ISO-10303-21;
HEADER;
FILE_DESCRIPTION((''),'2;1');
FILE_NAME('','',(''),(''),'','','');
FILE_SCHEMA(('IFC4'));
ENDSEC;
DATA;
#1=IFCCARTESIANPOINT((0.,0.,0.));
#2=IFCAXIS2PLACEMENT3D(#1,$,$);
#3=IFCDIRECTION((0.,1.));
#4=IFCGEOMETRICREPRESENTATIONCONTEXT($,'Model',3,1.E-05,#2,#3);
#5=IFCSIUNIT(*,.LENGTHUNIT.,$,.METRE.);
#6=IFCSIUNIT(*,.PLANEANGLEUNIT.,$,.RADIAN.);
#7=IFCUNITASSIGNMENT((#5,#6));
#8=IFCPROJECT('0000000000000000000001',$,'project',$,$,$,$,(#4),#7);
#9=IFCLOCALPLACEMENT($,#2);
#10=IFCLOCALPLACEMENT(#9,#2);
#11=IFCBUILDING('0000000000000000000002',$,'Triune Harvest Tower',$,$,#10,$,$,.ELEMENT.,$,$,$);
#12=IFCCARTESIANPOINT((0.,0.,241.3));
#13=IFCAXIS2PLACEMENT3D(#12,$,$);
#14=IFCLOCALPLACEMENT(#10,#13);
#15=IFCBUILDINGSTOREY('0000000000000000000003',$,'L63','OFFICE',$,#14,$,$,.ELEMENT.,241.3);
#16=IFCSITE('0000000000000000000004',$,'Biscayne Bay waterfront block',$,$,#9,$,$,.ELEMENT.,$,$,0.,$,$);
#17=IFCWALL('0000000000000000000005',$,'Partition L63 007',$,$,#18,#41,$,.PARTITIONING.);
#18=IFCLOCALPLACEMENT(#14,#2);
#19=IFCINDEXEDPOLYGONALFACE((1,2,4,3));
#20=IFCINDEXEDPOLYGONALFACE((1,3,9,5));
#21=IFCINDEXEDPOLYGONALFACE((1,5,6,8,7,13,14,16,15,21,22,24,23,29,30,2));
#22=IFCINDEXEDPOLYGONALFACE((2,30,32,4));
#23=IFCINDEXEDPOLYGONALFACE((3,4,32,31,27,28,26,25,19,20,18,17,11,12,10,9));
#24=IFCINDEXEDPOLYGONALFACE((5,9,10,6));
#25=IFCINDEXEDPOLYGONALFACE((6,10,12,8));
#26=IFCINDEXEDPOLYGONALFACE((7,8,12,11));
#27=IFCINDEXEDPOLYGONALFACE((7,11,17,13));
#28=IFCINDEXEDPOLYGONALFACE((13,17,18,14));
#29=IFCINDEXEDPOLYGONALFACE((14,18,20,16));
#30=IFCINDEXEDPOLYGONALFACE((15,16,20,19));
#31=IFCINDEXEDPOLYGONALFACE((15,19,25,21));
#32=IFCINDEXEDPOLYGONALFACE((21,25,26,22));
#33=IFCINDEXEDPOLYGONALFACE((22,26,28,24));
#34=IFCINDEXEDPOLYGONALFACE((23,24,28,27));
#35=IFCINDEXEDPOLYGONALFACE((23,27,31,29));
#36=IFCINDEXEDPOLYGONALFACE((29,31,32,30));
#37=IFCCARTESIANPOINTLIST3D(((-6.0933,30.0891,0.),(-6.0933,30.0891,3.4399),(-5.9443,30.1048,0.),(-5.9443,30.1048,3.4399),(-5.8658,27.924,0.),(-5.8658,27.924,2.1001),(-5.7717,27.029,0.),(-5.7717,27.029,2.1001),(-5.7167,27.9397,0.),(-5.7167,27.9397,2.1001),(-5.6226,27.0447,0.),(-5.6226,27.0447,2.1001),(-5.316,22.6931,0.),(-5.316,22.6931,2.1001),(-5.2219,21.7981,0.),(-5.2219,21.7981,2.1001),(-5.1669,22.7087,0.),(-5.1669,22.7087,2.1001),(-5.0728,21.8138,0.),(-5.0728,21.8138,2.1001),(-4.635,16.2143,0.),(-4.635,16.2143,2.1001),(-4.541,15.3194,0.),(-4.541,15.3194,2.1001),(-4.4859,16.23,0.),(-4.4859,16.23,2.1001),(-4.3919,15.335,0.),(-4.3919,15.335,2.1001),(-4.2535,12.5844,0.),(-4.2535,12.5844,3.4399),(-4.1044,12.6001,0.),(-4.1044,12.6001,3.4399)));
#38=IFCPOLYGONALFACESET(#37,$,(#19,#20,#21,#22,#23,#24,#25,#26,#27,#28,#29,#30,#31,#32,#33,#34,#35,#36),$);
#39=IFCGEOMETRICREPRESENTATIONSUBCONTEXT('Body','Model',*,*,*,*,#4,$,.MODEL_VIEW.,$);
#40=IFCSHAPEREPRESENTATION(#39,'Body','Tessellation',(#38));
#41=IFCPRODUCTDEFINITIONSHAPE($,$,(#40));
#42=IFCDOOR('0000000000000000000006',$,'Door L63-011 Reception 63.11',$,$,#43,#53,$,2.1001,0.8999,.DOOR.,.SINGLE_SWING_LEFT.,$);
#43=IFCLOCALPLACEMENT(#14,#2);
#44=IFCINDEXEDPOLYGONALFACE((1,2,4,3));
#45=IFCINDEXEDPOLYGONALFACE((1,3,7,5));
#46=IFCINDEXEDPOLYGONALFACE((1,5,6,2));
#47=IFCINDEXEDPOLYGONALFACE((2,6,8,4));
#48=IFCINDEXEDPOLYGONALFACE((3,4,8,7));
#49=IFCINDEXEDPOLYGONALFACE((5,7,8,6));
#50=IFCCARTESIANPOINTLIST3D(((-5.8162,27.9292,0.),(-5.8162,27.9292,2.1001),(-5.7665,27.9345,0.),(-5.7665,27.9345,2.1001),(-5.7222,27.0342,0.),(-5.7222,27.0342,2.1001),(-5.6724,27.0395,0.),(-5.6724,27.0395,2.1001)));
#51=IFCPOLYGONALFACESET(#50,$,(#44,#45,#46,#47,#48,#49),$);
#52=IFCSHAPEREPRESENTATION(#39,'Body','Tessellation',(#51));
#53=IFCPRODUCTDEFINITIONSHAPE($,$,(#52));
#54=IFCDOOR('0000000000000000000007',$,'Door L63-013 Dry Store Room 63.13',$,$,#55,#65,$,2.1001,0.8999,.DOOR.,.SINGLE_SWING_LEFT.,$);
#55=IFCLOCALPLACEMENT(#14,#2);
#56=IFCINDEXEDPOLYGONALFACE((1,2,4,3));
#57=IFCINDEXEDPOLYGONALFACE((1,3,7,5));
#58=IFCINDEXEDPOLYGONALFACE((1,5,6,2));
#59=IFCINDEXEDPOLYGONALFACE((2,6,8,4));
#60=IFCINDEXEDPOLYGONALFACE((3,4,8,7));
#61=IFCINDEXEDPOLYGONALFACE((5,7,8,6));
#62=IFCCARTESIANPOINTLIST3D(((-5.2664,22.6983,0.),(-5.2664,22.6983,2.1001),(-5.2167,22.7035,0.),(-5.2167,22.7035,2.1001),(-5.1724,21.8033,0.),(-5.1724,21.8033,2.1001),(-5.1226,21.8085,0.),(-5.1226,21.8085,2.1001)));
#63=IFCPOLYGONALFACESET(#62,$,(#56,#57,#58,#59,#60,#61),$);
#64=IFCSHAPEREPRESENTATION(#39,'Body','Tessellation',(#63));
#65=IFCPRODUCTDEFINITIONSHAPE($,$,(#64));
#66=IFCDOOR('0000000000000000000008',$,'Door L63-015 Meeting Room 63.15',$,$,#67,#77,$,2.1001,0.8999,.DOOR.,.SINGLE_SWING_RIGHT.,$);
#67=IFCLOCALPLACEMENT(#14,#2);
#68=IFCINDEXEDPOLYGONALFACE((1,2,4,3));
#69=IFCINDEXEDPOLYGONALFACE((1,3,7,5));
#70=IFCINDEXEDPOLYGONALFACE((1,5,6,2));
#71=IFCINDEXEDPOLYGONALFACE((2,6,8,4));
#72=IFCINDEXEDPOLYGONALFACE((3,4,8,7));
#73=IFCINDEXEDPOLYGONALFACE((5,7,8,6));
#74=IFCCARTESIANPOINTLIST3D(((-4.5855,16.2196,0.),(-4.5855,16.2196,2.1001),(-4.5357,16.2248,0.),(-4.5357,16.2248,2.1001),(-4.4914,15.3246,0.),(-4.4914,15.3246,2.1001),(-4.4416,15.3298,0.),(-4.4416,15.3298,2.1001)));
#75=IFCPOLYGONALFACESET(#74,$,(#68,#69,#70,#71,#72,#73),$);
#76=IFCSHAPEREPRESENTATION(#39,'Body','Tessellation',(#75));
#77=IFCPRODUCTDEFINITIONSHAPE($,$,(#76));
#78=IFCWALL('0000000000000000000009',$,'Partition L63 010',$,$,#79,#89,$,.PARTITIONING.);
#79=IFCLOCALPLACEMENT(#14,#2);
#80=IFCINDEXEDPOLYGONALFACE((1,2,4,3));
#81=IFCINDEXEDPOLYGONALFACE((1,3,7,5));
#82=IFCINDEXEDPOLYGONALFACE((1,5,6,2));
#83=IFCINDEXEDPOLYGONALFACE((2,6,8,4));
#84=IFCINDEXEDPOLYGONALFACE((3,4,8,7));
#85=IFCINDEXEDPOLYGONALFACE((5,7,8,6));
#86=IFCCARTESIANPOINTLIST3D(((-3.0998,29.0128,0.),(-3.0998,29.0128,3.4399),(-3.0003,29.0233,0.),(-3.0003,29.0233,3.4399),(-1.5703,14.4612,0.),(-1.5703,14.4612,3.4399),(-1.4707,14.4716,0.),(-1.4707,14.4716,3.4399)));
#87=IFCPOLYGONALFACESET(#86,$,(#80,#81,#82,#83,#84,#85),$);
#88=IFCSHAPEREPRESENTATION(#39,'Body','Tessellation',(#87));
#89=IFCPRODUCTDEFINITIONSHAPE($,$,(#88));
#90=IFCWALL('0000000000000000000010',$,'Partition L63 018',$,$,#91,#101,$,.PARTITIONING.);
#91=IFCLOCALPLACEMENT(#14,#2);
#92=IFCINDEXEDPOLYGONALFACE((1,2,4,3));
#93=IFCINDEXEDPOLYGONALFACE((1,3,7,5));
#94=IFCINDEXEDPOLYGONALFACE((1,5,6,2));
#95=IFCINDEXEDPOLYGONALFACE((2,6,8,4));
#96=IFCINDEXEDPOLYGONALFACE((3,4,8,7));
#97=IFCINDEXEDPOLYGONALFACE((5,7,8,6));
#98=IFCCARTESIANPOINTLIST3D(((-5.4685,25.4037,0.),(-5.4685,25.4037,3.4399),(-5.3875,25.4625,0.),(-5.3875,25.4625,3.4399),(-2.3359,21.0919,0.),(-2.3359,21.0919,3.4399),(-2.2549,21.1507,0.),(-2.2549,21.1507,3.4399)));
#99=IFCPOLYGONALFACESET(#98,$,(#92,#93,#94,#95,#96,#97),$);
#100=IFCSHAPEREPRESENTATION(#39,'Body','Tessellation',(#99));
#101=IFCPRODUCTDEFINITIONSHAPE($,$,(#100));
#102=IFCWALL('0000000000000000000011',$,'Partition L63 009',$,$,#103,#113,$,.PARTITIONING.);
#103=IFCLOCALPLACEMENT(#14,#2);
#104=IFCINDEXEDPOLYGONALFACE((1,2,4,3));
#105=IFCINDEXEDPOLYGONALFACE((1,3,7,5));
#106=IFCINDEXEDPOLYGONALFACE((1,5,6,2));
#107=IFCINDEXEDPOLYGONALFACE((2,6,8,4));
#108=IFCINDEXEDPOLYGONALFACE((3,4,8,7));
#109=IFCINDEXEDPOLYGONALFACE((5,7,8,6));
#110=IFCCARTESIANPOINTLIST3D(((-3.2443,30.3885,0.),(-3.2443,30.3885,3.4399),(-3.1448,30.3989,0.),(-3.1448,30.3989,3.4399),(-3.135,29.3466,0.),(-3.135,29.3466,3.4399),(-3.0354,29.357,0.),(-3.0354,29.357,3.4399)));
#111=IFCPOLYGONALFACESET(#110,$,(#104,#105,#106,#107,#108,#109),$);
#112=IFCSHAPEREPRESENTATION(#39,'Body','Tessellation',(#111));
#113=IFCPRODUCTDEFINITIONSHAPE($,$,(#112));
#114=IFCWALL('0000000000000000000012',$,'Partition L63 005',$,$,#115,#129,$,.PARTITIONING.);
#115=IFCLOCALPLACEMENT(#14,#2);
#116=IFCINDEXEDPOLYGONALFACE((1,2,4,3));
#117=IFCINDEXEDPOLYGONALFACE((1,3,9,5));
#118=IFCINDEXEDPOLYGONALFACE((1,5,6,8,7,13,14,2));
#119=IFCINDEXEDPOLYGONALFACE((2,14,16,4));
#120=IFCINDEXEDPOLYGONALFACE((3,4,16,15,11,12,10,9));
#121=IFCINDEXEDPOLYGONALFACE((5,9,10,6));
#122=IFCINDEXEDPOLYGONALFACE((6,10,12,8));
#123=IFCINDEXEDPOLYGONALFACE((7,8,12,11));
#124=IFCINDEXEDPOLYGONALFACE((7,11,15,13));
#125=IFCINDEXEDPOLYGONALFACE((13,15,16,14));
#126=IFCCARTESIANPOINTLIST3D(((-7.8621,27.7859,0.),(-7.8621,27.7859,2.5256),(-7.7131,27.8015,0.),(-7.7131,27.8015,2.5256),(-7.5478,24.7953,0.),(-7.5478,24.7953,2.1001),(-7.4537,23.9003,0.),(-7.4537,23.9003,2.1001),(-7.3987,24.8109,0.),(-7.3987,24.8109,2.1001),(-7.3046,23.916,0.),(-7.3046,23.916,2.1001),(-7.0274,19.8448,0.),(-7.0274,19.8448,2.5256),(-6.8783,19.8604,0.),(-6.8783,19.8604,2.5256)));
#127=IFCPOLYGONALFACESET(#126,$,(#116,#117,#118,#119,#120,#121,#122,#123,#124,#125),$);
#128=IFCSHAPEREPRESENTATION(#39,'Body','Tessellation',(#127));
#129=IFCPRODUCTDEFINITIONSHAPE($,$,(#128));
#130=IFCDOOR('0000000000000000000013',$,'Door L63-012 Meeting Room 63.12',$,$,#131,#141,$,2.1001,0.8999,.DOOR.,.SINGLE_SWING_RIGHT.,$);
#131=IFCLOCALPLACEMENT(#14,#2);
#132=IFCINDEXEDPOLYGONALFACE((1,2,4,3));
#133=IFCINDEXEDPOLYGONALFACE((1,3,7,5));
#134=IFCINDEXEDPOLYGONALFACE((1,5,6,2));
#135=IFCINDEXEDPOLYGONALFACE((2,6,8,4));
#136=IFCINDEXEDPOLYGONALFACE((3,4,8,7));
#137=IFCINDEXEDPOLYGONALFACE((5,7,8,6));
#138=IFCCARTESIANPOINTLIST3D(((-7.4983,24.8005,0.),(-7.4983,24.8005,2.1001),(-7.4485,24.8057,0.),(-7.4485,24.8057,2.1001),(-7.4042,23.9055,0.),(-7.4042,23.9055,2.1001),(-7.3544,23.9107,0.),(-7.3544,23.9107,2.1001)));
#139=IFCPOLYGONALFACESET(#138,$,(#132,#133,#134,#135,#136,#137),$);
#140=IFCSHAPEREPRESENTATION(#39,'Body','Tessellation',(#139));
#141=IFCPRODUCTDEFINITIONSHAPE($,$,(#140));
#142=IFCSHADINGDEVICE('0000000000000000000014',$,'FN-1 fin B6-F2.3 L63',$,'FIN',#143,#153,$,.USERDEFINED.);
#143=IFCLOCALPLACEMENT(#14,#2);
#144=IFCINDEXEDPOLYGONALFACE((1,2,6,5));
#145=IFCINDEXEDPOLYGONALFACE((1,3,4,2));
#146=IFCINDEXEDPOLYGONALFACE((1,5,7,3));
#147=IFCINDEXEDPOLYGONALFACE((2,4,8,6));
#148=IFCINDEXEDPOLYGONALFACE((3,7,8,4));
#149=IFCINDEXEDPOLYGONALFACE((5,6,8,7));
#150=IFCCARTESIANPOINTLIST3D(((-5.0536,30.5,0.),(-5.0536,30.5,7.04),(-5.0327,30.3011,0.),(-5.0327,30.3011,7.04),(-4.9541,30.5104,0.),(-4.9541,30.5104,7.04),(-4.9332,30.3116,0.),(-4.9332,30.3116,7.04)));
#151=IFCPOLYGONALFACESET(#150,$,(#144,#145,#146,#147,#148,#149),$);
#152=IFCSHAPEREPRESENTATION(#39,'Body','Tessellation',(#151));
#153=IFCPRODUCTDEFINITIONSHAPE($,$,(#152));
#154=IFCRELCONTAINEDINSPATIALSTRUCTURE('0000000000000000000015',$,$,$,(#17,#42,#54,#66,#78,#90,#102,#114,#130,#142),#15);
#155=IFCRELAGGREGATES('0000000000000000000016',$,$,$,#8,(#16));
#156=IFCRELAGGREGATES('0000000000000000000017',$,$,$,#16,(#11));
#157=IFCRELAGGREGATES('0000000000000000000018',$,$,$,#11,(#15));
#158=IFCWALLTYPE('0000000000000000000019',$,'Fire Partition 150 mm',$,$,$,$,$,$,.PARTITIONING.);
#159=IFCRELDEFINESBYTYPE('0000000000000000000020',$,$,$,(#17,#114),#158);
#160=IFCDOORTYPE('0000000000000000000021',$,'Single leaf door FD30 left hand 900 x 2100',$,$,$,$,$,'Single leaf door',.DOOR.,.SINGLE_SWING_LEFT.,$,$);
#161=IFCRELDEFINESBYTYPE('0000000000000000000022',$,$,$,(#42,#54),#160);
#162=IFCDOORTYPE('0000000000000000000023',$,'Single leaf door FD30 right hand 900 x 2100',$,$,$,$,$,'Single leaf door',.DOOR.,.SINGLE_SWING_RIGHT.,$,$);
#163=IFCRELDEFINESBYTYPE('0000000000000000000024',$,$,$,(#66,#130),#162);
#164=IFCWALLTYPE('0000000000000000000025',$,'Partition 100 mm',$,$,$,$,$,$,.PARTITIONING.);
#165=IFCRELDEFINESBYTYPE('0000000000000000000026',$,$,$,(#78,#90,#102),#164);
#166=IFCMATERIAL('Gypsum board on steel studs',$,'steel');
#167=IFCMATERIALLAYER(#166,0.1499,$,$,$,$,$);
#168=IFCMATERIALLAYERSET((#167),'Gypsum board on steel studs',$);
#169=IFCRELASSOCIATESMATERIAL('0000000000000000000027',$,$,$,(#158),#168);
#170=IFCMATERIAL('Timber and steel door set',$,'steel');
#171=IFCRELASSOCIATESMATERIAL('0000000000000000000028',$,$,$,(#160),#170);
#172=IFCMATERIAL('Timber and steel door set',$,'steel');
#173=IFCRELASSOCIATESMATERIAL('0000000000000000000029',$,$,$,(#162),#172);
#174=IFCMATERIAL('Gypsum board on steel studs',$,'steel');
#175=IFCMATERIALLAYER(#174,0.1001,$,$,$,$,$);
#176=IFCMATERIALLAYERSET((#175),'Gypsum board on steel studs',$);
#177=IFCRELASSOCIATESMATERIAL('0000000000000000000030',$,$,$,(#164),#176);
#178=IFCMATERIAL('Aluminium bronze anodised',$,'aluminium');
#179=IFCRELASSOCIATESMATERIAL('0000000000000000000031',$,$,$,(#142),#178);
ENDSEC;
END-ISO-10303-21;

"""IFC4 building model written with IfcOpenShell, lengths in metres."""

from ifc_helpers import new_model, si_unit, direction, frame, frame_2d, origin, origin_2d, place, context, subcontext, project, spatial, rectangle, extrude, source, transform, mapped, material, layer, layer_set, type_object, element, fill, save


model = new_model("IFC4")

# Units and contexts
model_context = context("Model", 3, precision=1e-05, world=origin(), true_north=direction((0.0, 1.0)))
body_context = subcontext(model_context, "Body", "Model", "MODEL_VIEW")
ifc_project = project(units=[si_unit("LENGTHUNIT", "METRE"), si_unit("PLANEANGLEUNIT", "RADIAN")], contexts=[model_context])

# Site, building, storey
site_placement = place(None, origin())
site = spatial("IfcSite", under=ifc_project, at=site_placement, Name="Biscayne Bay waterfront block", CompositionType="ELEMENT", RefElevation=0.0)
building_placement = place(site_placement, origin())
building = spatial("IfcBuilding", under=site, at=building_placement, Name="Triune Harvest Tower", CompositionType="ELEMENT")
storey_placement = place(building_placement, frame((0.0, 0.0, 241.3)))
storey = spatial("IfcBuildingStorey", under=building, at=storey_placement, Name="L63", Description="OFFICE", CompositionType="ELEMENT", Elevation=241.3)

# Wall, openings, doors
ifc_material_1 = material(Name="Gypsum board on steel studs", Category="steel")
ifc_layer_1 = layer(ifc_material_1, 0.1499)
ifc_layer_set_1 = layer_set([ifc_layer_1], Name="Gypsum board on steel studs")
wall_type_1 = type_object("IfcWallType", Name="Fire Partition 150 mm", PredefinedType="PARTITIONING", material=ifc_layer_set_1)
wall_1_placement = place(storey_placement, frame((-6.0188, 30.0969, 0.0), z_axis=(0.0, 0.0, 1.0), x_axis=(0.10453, -0.994522, 0.0)))
wall_1 = element("IfcWall", 1, at=wall_1_placement, inside=storey, type_object=wall_type_1, Name="Partition L63 007", PredefinedType="PARTITIONING", context=body_context, shape_type="SweptSolid", body=[
    extrude(rectangle(XDim=17.6011, YDim=0.1499, at=frame_2d((8.8005, 0.0))), origin(), (0.0, 0.0, 1.0), 3.4399),
])
opening_1_placement = place(wall_1_placement, frame((2.177, 0.0, 0.0)))
opening_1 = element("IfcOpeningElement", 2, at=opening_1_placement, cuts=wall_1, PredefinedType="OPENING", context=body_context, shape_type="SweptSolid", body=[
    extrude(rectangle(XDim=0.8999, YDim=2.1001, at=frame_2d((0.45, 1.05))), frame((0.0, 0.085, 0.0), z_axis=(0.0, -1.0, 0.0), x_axis=(1.0, 0.0, 0.0)), (0.0, 0.0, 1.0), 0.1699),
])
opening_2_placement = place(wall_1_placement, frame((7.4368, 0.0, 0.0)))
opening_2 = element("IfcOpeningElement", 3, at=opening_2_placement, cuts=wall_1, PredefinedType="OPENING", context=body_context, shape_type="SweptSolid", body=[
    extrude(rectangle(XDim=0.8999, YDim=2.1001, at=frame_2d((0.45, 1.05))), frame((0.0, 0.085, 0.0), z_axis=(0.0, -1.0, 0.0), x_axis=(1.0, 0.0, 0.0)), (0.0, 0.0, 1.0), 0.1699),
])
opening_3_placement = place(wall_1_placement, frame((13.9512, 0.0, 0.0)))
opening_3 = element("IfcOpeningElement", 4, at=opening_3_placement, cuts=wall_1, PredefinedType="OPENING", context=body_context, shape_type="SweptSolid", body=[
    extrude(rectangle(XDim=0.8999, YDim=2.1001, at=frame_2d((0.45, 1.05))), frame((0.0, 0.085, 0.0), z_axis=(0.0, -1.0, 0.0), x_axis=(1.0, 0.0, 0.0)), (0.0, 0.0, 1.0), 0.1699),
])
ifc_material_2 = material(Name="Timber and steel door set", Category="steel")
door_type_1 = type_object("IfcDoorType", Name="Single leaf door FD30 left hand 900 x 2100", ElementType="Single leaf door", OperationType="SINGLE_SWING_LEFT", PredefinedType="DOOR", material=ifc_material_2)
door_1_placement = place(opening_1_placement, origin())
door_1 = element("IfcDoor", 5, at=door_1_placement, inside=storey, type_object=door_type_1, Name="Door L63-011 Reception 63.11", OperationType="SINGLE_SWING_LEFT", OverallHeight=2.1001, OverallWidth=0.8999, PredefinedType="DOOR", context=body_context, shape_type="SweptSolid", body=[
    extrude(rectangle(XDim=0.8999, YDim=2.1001, at=frame_2d((0.45, 1.05))), frame((0.0, 0.0249, 0.0), z_axis=(0.0, -1.0, 0.0), x_axis=(1.0, 0.0, 0.0)), (0.0, 0.0, 1.0), 0.05),
])
fill(opening_1, door_1)
door_2_placement = place(opening_2_placement, origin())
door_2 = element("IfcDoor", 6, at=door_2_placement, inside=storey, type_object=door_type_1, Name="Door L63-013 Dry Store Room 63.13", OperationType="SINGLE_SWING_LEFT", OverallHeight=2.1001, OverallWidth=0.8999, PredefinedType="DOOR", context=body_context, shape_type="SweptSolid", body=[
    extrude(rectangle(XDim=0.8999, YDim=2.1001, at=frame_2d((0.45, 1.05))), frame((0.0, 0.0249, 0.0), z_axis=(0.0, -1.0, 0.0), x_axis=(1.0, 0.0, 0.0)), (0.0, 0.0, 1.0), 0.05),
])
fill(opening_2, door_2)
ifc_material_3 = material(Name="Timber and steel door set", Category="steel")
door_type_2 = type_object("IfcDoorType", Name="Single leaf door FD30 right hand 900 x 2100", ElementType="Single leaf door", OperationType="SINGLE_SWING_RIGHT", PredefinedType="DOOR", material=ifc_material_3)
door_3_placement = place(opening_3_placement, origin())
door_3 = element("IfcDoor", 7, at=door_3_placement, inside=storey, type_object=door_type_2, Name="Door L63-015 Meeting Room 63.15", OperationType="SINGLE_SWING_RIGHT", OverallHeight=2.1001, OverallWidth=0.8999, PredefinedType="DOOR", context=body_context, shape_type="SweptSolid", body=[
    extrude(rectangle(XDim=0.8999, YDim=2.1001, at=frame_2d((0.45, 1.05))), frame((0.0, 0.0249, 0.0), z_axis=(0.0, -1.0, 0.0), x_axis=(1.0, 0.0, 0.0)), (0.0, 0.0, 1.0), 0.05),
])
fill(opening_3, door_3)

# Walls
ifc_material_4 = material(Name="Gypsum board on steel studs", Category="steel")
ifc_layer_2 = layer(ifc_material_4, 0.1001)
ifc_layer_set_2 = layer_set([ifc_layer_2], Name="Gypsum board on steel studs")
wall_type_2 = type_object("IfcWallType", Name="Partition 100 mm", PredefinedType="PARTITIONING", material=ifc_layer_set_2)
wall_2_placement = place(storey_placement, frame((-3.05, 29.0181, 0.0), z_axis=(0.0, 0.0, 1.0), x_axis=(0.104535, -0.994521, 0.0)))
element("IfcWall", 8, at=wall_2_placement, inside=storey, type_object=wall_type_2, Name="Partition L63 010", PredefinedType="PARTITIONING", context=body_context, shape_type="SweptSolid", body=[
    extrude(rectangle(XDim=14.6318, YDim=0.1001, at=frame_2d((7.3159, 0.0))), origin(), (0.0, 0.0, 1.0), 3.4399),
])
wall_3_placement = place(storey_placement, frame((-5.428, 25.4331, 0.0), z_axis=(0.0, 0.0, 1.0), x_axis=(0.587771, -0.809027, 0.0)))
element("IfcWall", 9, at=wall_3_placement, inside=storey, type_object=wall_type_2, Name="Partition L63 018", PredefinedType="PARTITIONING", context=body_context, shape_type="SweptSolid", body=[
    extrude(rectangle(XDim=5.3296, YDim=0.1001, at=frame_2d((2.6648, 0.0))), origin(), (0.0, 0.0, 1.0), 3.4399),
])
shared_shape_1 = source(origin(), body_context, "Body", "SweptSolid", [
    extrude(rectangle(XDim=1.0476, YDim=0.1001, at=frame_2d((0.5239, 0.0))), origin(), (0.0, 0.0, 1.0), 3.4399),
])
wall_4_placement = place(storey_placement, frame((-3.1946, 30.3938, 0.0), z_axis=(0.0, 0.0, 1.0), x_axis=(0.104394, -0.994536, 0.0)))
element("IfcWall", 10, at=wall_4_placement, inside=storey, type_object=wall_type_2, Name="Partition L63 009", PredefinedType="PARTITIONING", context=body_context, shape_type="MappedRepresentation", body=[
    mapped(shared_shape_1, transform((0.0, 0.0, 0.0), scale=1.0)),
])

# Wall, opening, door
shared_shape_2 = source(origin(), body_context, "Body", "SweptSolid", [
    extrude(rectangle(XDim=7.9849, YDim=0.1499, at=frame_2d((3.9924, 0.0))), origin(), (0.0, 0.0, 1.0), 2.5256),
])
wall_5_placement = place(storey_placement, frame((-7.7876, 27.7937, 0.0), z_axis=(0.0, 0.0, 1.0), x_axis=(0.104537, -0.994521, 0.0)))
wall_5 = element("IfcWall", 11, at=wall_5_placement, inside=storey, type_object=wall_type_1, Name="Partition L63 005", PredefinedType="PARTITIONING", context=body_context, shape_type="MappedRepresentation", body=[
    mapped(shared_shape_2, transform((0.0, 0.0, 0.0), scale=1.0)),
])
opening_4_placement = place(wall_5_placement, frame((3.0071, 0.0, 0.0)))
opening_4 = element("IfcOpeningElement", 12, at=opening_4_placement, cuts=wall_5, PredefinedType="OPENING", context=body_context, shape_type="SweptSolid", body=[
    extrude(rectangle(XDim=0.8999, YDim=2.1001, at=frame_2d((0.45, 1.05))), frame((0.0, 0.085, 0.0), z_axis=(0.0, -1.0, 0.0), x_axis=(1.0, 0.0, 0.0)), (0.0, 0.0, 1.0), 0.1699),
])
door_4_placement = place(opening_4_placement, origin())
door_4 = element("IfcDoor", 13, at=door_4_placement, inside=storey, type_object=door_type_2, Name="Door L63-012 Meeting Room 63.12", OperationType="SINGLE_SWING_RIGHT", OverallHeight=2.1001, OverallWidth=0.8999, PredefinedType="DOOR", context=body_context, shape_type="SweptSolid", body=[
    extrude(rectangle(XDim=0.8999, YDim=2.1001, at=frame_2d((0.45, 1.05))), frame((0.0, 0.0249, 0.0), z_axis=(0.0, -1.0, 0.0), x_axis=(1.0, 0.0, 0.0)), (0.0, 0.0, 1.0), 0.05),
])
fill(opening_4, door_4)

# Shading device
ifc_material_5 = material(Name="Aluminium bronze anodised", Category="aluminium")
shared_shape_3 = source(origin(), body_context, "Body", "SweptSolid", [
    extrude(rectangle(XDim=0.1001, YDim=0.2, at=origin_2d()), origin(), (0.0, 0.0, 1.0), 7.04),
])
shading_device_placement = place(storey_placement, frame((-4.9934, 30.4058, 0.0), z_axis=(0.0, 0.0, 1.0), x_axis=(-0.994522, -0.10453, 0.0)))
element("IfcShadingDevice", 14, at=shading_device_placement, inside=storey, material=ifc_material_5, Name="FN-1 fin B6-F2.3 L63", ObjectType="FIN", PredefinedType="USERDEFINED", context=body_context, shape_type="MappedRepresentation", body=[
    mapped(shared_shape_3, transform((0.0, 0.0, 0.0), scale=1.0)),
])

save(model, "model.ifc")
